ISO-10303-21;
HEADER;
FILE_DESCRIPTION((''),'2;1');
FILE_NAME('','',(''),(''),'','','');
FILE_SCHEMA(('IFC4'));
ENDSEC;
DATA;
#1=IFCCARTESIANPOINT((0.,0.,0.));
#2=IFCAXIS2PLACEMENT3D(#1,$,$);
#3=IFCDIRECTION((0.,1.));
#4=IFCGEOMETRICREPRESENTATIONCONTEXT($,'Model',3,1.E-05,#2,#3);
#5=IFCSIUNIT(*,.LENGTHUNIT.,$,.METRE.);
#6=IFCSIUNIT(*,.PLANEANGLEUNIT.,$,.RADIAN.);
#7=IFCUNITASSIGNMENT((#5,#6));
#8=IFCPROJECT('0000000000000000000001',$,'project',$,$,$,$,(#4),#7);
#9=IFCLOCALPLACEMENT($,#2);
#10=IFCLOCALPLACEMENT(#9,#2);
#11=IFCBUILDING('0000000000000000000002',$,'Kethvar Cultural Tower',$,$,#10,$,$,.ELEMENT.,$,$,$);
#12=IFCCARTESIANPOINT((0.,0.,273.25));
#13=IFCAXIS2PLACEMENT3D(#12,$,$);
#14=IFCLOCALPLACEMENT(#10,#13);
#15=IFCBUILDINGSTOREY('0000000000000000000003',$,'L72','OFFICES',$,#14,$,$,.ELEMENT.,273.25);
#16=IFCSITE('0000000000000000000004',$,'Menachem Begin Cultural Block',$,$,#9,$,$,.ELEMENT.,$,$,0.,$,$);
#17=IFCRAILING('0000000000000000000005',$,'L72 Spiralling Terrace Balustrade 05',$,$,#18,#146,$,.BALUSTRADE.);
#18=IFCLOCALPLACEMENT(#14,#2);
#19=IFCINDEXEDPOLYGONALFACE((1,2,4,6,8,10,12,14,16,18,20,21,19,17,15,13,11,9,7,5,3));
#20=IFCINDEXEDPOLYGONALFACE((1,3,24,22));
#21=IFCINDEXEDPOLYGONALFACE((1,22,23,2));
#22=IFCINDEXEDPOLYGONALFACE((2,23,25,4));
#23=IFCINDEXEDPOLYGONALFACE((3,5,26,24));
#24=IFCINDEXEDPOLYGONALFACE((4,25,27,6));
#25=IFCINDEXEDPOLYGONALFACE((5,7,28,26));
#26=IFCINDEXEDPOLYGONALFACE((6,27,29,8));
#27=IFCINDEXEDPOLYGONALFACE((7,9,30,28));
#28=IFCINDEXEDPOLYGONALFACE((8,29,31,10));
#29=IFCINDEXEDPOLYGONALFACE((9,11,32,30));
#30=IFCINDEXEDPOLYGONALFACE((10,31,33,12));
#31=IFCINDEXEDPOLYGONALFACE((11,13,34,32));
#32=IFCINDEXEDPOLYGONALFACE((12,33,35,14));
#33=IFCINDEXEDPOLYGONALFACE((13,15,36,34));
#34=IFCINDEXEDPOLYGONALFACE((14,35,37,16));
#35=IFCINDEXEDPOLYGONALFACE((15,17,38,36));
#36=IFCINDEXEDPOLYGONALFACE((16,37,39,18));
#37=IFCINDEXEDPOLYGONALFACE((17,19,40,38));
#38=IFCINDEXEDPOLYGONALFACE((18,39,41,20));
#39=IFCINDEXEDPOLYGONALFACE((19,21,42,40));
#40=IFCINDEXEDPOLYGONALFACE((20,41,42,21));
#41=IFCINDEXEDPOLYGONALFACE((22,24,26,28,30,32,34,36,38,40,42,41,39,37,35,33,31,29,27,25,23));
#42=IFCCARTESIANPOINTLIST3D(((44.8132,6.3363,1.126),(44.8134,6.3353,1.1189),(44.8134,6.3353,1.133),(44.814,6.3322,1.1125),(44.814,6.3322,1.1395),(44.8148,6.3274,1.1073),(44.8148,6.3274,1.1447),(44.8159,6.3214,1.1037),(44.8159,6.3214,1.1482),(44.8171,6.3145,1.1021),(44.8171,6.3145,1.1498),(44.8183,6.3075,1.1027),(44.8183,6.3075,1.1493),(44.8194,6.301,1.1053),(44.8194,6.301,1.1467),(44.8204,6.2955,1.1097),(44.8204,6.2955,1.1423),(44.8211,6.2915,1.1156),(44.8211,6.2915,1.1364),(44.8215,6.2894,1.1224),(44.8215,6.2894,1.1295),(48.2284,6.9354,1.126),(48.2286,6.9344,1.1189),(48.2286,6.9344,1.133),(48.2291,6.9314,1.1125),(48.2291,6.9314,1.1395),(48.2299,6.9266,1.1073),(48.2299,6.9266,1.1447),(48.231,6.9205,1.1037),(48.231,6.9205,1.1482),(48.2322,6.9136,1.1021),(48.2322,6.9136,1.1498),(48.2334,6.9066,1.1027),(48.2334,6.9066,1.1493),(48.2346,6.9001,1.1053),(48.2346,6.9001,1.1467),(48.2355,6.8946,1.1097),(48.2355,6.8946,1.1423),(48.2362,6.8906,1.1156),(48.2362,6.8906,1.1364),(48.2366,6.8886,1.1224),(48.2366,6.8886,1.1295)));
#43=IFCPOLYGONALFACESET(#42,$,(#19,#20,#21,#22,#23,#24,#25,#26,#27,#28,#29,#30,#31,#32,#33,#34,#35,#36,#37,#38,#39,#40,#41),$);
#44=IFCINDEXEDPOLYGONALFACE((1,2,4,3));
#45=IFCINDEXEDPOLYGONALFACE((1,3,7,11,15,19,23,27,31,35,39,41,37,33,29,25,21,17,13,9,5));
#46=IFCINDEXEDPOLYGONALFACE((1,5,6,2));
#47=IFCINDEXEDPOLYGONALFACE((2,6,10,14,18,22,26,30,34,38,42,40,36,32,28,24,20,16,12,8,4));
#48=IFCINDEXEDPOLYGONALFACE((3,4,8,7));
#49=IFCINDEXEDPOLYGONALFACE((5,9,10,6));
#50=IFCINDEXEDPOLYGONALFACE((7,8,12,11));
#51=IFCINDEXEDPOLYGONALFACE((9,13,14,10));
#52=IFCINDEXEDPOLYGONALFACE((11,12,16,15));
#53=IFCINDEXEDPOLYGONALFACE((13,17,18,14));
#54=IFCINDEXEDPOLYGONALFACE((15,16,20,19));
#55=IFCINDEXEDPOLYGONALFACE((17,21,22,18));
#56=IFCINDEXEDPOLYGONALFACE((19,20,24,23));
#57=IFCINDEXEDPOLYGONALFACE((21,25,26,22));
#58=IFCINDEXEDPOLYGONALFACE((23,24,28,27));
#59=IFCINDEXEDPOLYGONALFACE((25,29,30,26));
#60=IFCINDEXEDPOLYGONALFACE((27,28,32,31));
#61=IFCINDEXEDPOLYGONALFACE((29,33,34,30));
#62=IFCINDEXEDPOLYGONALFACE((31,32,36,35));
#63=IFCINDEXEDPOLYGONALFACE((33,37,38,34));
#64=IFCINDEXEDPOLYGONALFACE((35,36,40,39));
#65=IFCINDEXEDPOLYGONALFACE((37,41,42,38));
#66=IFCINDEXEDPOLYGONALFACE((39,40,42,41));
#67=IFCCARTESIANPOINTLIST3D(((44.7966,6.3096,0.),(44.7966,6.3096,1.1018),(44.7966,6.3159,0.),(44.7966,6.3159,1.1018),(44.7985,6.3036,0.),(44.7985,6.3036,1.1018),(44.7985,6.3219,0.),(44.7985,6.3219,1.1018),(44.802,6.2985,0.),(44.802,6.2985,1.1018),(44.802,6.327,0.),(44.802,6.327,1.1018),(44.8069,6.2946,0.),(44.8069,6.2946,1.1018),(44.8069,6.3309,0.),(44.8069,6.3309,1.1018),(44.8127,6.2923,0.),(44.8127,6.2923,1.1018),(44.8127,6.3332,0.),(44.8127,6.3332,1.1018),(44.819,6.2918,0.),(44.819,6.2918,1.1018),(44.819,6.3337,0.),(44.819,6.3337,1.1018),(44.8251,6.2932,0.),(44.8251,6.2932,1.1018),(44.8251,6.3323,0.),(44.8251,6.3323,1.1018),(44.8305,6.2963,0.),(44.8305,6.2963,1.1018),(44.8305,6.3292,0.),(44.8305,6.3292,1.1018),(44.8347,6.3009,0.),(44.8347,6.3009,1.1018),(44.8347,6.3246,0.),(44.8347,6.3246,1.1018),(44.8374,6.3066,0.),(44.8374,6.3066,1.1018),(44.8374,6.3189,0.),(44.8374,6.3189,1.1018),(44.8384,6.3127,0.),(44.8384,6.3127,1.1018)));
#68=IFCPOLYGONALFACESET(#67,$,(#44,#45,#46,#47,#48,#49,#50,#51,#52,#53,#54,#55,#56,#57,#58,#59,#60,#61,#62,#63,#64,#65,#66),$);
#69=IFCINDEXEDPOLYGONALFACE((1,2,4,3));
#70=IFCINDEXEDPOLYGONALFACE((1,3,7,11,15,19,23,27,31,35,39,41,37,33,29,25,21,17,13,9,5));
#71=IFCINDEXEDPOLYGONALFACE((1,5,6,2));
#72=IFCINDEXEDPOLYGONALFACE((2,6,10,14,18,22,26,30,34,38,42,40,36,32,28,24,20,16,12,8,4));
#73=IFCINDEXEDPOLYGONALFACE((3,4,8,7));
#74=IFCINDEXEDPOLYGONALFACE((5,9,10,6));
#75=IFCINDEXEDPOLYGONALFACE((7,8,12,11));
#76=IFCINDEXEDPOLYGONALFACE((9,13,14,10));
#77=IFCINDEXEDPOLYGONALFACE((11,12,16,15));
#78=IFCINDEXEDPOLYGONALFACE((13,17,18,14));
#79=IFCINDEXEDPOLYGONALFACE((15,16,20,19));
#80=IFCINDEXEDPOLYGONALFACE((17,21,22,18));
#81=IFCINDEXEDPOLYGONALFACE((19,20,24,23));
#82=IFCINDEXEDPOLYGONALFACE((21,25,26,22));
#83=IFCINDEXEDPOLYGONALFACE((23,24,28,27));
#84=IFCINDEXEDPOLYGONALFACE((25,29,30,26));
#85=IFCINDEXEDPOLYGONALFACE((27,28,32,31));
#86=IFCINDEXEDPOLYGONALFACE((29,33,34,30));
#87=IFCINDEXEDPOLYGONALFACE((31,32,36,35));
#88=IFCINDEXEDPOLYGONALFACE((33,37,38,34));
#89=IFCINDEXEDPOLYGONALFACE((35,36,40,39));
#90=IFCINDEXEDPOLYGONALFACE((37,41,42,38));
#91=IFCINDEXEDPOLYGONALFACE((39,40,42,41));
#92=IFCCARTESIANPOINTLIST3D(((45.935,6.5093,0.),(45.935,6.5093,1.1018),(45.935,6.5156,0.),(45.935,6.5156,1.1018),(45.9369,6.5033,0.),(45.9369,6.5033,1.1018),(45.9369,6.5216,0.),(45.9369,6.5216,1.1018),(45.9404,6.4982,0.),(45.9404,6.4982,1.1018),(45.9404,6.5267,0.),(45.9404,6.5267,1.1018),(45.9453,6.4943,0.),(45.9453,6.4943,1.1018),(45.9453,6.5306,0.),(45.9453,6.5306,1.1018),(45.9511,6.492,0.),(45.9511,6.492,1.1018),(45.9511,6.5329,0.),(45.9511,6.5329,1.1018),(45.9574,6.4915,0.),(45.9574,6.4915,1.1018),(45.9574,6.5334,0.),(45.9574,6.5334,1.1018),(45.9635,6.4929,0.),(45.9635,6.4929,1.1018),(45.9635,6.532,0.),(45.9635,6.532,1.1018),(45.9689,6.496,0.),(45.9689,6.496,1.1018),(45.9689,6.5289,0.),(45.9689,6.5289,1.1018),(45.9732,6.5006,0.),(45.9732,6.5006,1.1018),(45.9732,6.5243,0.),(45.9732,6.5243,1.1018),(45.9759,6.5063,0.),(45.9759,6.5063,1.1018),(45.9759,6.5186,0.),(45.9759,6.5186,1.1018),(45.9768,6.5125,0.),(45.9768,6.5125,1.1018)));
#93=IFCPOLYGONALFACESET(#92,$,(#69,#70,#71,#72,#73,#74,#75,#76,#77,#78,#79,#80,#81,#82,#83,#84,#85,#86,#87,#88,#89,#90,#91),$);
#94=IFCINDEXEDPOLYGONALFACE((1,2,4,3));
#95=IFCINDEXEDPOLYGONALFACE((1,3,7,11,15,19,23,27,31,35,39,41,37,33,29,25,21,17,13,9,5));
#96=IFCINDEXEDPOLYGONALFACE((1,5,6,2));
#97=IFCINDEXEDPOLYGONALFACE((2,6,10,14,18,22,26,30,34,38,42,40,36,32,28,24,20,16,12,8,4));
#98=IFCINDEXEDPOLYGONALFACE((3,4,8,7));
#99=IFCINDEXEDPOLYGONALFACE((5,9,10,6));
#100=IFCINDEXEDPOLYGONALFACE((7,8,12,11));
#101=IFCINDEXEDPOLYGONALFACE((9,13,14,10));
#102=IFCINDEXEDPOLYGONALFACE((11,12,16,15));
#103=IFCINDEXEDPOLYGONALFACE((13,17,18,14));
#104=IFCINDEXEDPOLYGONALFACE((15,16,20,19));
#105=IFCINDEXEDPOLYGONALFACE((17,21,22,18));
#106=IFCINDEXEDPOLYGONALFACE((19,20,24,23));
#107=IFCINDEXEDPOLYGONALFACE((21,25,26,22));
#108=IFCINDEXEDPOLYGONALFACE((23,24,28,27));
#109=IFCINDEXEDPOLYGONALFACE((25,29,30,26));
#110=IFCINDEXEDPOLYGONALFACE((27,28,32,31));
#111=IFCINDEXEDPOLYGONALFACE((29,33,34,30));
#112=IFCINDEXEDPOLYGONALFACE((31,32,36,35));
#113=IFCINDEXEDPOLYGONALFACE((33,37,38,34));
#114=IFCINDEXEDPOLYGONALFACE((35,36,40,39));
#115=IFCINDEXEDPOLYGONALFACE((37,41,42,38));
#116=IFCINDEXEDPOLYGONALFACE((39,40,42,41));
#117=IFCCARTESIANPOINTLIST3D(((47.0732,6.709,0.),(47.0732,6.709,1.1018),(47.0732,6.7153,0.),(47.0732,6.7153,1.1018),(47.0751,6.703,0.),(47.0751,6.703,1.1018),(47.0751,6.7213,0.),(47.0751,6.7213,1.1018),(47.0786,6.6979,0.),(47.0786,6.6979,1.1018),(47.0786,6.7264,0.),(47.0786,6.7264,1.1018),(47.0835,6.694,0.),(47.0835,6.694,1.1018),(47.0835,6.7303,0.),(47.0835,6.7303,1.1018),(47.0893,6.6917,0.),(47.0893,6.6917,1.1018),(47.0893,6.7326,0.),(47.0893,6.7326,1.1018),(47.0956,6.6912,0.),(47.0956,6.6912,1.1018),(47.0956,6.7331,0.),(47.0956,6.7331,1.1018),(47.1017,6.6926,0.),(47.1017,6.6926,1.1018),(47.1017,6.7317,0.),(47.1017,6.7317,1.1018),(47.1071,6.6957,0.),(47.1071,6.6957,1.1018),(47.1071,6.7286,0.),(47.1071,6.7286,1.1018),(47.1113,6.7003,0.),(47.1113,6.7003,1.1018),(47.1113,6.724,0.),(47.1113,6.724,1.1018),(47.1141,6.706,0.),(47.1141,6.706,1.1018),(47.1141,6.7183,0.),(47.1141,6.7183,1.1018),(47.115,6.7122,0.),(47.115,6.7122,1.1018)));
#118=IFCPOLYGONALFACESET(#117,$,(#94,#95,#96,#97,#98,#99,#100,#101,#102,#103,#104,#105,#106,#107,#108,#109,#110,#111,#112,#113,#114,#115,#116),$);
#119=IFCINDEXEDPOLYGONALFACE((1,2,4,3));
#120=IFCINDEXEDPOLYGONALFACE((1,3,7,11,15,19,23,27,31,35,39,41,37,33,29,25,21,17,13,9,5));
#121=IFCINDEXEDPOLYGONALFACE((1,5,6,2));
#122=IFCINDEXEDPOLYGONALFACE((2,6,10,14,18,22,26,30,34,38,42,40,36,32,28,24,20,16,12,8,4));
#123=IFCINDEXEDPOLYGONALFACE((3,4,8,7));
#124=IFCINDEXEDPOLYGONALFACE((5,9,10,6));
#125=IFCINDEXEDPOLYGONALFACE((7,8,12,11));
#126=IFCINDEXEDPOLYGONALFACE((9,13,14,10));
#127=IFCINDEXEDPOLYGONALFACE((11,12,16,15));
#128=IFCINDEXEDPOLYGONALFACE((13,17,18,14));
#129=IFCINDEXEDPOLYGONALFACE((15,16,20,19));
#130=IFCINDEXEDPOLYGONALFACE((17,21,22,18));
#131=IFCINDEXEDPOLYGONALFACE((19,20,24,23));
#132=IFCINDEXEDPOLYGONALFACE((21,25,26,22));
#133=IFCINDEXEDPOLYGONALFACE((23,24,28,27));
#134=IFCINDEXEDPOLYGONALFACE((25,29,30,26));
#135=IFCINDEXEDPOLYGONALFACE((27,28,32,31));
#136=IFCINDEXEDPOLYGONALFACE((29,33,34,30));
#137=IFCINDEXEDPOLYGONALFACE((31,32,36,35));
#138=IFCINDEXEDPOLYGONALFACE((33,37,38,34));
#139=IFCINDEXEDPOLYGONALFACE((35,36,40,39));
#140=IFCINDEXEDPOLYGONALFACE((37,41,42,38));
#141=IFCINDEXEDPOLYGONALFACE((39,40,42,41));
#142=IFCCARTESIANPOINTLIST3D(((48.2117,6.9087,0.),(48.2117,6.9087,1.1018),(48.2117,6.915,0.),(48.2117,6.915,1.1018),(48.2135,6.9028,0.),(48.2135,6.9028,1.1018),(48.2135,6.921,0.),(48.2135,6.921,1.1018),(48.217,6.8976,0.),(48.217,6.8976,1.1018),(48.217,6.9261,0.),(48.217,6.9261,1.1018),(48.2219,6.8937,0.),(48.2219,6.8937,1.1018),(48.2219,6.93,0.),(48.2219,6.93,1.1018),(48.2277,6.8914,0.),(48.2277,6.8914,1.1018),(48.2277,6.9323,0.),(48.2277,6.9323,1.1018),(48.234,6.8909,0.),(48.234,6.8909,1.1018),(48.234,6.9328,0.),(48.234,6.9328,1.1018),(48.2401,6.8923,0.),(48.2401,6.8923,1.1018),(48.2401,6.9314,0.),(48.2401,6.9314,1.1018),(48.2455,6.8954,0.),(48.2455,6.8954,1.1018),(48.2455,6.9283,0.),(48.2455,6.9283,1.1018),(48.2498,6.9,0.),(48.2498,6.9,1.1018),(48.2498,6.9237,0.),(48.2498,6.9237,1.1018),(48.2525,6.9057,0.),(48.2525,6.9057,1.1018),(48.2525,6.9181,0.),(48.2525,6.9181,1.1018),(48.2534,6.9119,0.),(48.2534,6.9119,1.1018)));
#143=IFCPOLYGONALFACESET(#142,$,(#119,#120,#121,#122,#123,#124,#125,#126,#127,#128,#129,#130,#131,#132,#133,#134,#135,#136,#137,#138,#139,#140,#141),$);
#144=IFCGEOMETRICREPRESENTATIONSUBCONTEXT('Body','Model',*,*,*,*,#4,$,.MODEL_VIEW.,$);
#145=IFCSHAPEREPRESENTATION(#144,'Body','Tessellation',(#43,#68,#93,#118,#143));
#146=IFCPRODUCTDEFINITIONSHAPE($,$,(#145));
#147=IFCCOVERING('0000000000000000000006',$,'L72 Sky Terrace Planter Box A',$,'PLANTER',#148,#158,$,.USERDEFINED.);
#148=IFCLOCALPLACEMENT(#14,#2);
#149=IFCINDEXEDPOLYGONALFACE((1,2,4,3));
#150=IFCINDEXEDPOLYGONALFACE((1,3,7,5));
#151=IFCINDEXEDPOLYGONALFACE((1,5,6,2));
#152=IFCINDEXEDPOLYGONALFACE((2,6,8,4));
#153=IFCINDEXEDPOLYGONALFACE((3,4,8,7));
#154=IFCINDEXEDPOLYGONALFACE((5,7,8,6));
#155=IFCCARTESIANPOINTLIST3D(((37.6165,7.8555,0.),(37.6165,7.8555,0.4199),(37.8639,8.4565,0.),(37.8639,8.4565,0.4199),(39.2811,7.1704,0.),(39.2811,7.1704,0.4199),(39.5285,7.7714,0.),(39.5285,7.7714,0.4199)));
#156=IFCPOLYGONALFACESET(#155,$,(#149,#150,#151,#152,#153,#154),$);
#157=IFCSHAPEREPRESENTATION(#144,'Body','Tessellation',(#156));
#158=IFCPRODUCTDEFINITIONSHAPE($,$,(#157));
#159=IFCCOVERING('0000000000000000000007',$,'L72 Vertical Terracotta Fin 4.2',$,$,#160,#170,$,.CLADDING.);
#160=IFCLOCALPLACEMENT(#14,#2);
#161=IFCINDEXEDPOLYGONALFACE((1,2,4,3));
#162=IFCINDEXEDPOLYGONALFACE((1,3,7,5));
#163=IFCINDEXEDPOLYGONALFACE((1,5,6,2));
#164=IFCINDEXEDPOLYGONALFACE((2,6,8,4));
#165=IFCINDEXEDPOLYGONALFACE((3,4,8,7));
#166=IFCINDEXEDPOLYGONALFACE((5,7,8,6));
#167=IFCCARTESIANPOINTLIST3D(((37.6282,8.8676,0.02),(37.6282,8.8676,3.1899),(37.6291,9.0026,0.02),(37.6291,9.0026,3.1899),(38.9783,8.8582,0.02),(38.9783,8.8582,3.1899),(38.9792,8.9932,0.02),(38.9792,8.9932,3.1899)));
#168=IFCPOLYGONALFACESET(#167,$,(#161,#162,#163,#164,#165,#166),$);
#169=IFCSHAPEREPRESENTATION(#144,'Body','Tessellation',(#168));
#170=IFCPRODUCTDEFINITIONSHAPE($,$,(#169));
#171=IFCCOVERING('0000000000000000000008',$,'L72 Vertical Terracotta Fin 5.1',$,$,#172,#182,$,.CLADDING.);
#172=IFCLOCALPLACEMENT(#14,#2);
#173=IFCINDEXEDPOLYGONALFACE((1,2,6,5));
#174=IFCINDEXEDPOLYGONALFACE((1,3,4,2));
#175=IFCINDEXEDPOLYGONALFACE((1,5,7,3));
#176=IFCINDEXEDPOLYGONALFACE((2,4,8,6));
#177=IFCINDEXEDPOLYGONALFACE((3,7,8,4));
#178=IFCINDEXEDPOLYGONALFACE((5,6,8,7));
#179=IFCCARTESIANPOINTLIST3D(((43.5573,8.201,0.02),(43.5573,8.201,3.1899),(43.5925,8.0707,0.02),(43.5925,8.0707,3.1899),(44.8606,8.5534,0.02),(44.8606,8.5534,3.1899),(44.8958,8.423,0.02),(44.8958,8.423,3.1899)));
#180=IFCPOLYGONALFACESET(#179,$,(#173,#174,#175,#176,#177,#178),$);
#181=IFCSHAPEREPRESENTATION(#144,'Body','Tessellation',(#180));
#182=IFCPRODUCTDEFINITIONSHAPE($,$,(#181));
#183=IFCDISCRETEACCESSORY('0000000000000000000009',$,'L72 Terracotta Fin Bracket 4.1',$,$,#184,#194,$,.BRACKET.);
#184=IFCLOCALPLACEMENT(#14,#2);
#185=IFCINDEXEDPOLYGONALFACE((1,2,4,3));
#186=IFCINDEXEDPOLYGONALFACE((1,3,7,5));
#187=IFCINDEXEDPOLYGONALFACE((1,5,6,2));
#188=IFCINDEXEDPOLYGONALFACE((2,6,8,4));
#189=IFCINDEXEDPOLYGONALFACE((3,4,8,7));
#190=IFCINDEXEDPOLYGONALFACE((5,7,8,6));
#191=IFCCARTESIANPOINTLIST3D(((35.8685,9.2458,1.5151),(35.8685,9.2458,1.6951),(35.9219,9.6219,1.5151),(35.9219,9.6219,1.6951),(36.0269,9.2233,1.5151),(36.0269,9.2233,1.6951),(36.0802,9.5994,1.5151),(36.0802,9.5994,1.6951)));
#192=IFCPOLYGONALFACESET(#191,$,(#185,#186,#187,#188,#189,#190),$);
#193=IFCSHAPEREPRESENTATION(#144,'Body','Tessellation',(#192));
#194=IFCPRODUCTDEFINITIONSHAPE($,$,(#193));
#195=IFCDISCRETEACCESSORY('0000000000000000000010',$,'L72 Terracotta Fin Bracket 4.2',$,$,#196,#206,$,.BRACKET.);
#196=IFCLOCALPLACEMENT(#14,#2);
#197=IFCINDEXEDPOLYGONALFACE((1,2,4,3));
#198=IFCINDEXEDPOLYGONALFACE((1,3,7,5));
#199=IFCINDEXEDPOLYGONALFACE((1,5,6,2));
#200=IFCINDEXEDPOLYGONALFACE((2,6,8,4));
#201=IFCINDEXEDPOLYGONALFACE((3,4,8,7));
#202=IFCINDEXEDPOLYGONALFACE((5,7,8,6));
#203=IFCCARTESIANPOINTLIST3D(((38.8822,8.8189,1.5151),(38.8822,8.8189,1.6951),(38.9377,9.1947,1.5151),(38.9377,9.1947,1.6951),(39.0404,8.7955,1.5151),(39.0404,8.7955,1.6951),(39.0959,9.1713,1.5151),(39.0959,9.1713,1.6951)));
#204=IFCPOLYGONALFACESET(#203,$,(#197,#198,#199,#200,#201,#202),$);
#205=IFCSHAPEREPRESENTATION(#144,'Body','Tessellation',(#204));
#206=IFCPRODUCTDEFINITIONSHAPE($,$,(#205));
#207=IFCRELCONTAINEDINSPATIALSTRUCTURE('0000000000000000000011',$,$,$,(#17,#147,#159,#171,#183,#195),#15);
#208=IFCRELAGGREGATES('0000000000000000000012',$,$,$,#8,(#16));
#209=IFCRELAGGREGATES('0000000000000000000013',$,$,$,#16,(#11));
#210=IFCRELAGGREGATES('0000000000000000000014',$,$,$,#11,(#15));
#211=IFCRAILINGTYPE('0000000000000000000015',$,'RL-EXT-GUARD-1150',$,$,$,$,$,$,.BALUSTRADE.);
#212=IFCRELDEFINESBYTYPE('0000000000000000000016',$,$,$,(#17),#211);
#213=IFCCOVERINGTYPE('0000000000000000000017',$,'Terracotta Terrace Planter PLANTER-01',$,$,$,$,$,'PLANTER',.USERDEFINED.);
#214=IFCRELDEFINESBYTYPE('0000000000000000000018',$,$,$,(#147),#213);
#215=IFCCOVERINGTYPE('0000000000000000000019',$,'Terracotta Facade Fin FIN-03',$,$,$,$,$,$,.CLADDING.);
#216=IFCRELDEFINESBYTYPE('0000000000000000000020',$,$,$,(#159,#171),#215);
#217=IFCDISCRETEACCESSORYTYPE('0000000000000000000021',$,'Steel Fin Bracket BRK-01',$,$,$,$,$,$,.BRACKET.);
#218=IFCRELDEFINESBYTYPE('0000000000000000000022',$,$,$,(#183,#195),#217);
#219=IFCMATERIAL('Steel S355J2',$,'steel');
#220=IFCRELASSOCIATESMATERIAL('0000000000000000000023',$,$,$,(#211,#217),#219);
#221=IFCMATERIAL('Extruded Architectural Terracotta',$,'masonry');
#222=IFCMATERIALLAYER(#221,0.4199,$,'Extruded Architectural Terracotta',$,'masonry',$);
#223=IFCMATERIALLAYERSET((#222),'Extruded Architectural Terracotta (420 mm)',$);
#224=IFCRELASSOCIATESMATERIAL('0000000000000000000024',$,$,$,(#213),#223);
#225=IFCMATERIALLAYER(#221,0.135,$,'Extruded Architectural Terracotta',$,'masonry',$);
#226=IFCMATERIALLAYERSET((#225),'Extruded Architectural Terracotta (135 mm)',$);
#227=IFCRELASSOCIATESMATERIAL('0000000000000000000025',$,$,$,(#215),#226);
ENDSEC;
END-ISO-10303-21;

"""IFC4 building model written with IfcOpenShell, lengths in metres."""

from ifc_helpers import new_model, si_unit, direction, frame, origin, origin_2d, place, context, subcontext, project, spatial, rectangle, circle, extrude, source, transform, mapped, material, layer, layer_set, type_object, element, save


model = new_model("IFC4")

# Units and contexts
model_context = context("Model", 3, precision=1e-05, world=origin(), true_north=direction((0.0, 1.0)))
body_context = subcontext(model_context, "Body", "Model", "MODEL_VIEW")
ifc_project = project(units=[si_unit("LENGTHUNIT", "METRE"), si_unit("PLANEANGLEUNIT", "RADIAN")], contexts=[model_context])

# Site, building, storey
site_placement = place(None, origin())
site = spatial("IfcSite", under=ifc_project, at=site_placement, Name="Menachem Begin Cultural Block", CompositionType="ELEMENT", RefElevation=0.0)
building_placement = place(site_placement, origin())
building = spatial("IfcBuilding", under=site, at=building_placement, Name="Kethvar Cultural Tower", CompositionType="ELEMENT")
storey_placement = place(building_placement, frame((0.0, 0.0, 273.25)))
storey = spatial("IfcBuildingStorey", under=building, at=storey_placement, Name="L72", Description="OFFICES", CompositionType="ELEMENT", Elevation=273.25)

# Shared definitions
ifc_material_1 = material(Name="Steel S355J2", Category="steel")

# Railing
railing_type = type_object("IfcRailingType", Name="RL-EXT-GUARD-1150", PredefinedType="BALUSTRADE", material=ifc_material_1)
railing_1_placement = place(storey_placement, frame((44.8174, 6.3127, 0.0)))
element("IfcRailing", 1, at=railing_1_placement, inside=storey, type_object=railing_type, Name="L72 Spiralling Terrace Balustrade 05", PredefinedType="BALUSTRADE", context=body_context, shape_type="SweptSolid", body=[
    extrude(circle(Radius=0.0239, at=origin_2d()), frame((0.0, 0.0, 1.126), z_axis=(0.984957, 0.172797, 0.0), x_axis=(-0.172797, 0.984957, 0.0)), (0.0, 0.0, 1.0), 3.4673),
    extrude(circle(Radius=0.021, at=origin_2d()), origin(), (0.0, 0.0, 1.0), 1.1018),
    extrude(circle(Radius=0.021, at=origin_2d()), frame((1.1384, 0.1997, 0.0)), (0.0, 0.0, 1.0), 1.1018),
    extrude(circle(Radius=0.021, at=origin_2d()), frame((2.2766, 0.3994, 0.0)), (0.0, 0.0, 1.0), 1.1018),
    extrude(circle(Radius=0.021, at=origin_2d()), frame((3.415, 0.5991, 0.0)), (0.0, 0.0, 1.0), 1.1018),
])

# Coverings
ifc_material_2 = material(Name="Extruded Architectural Terracotta", Category="masonry")
ifc_layer_1 = layer(ifc_material_2, 0.4199, Name="Extruded Architectural Terracotta", Category="masonry")
ifc_layer_set_1 = layer_set([ifc_layer_1], Name="Extruded Architectural Terracotta (420 mm)")
covering_type_1 = type_object("IfcCoveringType", Name="Terracotta Terrace Planter PLANTER-01", ElementType="PLANTER", PredefinedType="USERDEFINED", material=ifc_layer_set_1)
shared_shape_1 = source(origin(), body_context, "Body", "SweptSolid", [
    extrude(rectangle(XDim=1.8, YDim=0.6499, at=origin_2d()), origin(), (0.0, 0.0, 1.0), 0.4199),
])
covering_placement = place(storey_placement, frame((38.5725, 7.8135, 0.0), z_axis=(0.0, 0.0, 1.0), x_axis=(0.924745, -0.380586, 0.0)))
element("IfcCovering", 2, at=covering_placement, inside=storey, type_object=covering_type_1, Name="L72 Sky Terrace Planter Box A", ObjectType="PLANTER", PredefinedType="USERDEFINED", context=body_context, shape_type="MappedRepresentation", body=[
    mapped(shared_shape_1, transform((0.0, 0.0, 0.0), scale=1.0)),
])
ifc_layer_2 = layer(ifc_material_2, 0.135, Name="Extruded Architectural Terracotta", Category="masonry")
ifc_layer_set_2 = layer_set([ifc_layer_2], Name="Extruded Architectural Terracotta (135 mm)")
covering_type_2 = type_object("IfcCoveringType", Name="Terracotta Facade Fin FIN-03", PredefinedType="CLADDING", material=ifc_layer_set_2)
shared_shape_2 = source(origin(), body_context, "Body", "SweptSolid", [
    extrude(rectangle(XDim=1.3501, YDim=0.135, at=origin_2d()), origin(), (0.0, 0.0, 1.0), 3.1699),
])
for number, where, z_axis, x_axis, name in (
    (3, (38.3037, 8.9304, 0.02), (0.0, 0.0, 1.0), (-0.999976, 0.006981, 0.0), "L72 Vertical Terracotta Fin 4.2"),
    (4, (44.2266, 8.312, 0.02), (0.0, 0.0, 1.0), (-0.965336, -0.26101, 0.0), "L72 Vertical Terracotta Fin 5.1"),
):
    element("IfcCovering", number, at=place(storey_placement, frame(where, z_axis=z_axis, x_axis=x_axis)), inside=storey, type_object=covering_type_2, Name=name, PredefinedType="CLADDING", context=body_context, shape_type="MappedRepresentation", body=[
        mapped(shared_shape_2, transform((0.0, 0.0, 0.0), scale=1.0)),
    ])

# Discrete accessories
discrete_accessory_type = type_object("IfcDiscreteAccessoryType", Name="Steel Fin Bracket BRK-01", PredefinedType="BRACKET", material=ifc_material_1)
shared_shape_3 = source(origin(), body_context, "Body", "SweptSolid", [
    extrude(rectangle(XDim=0.3799, YDim=0.1599, at=origin_2d()), origin(), (0.0, 0.0, 1.0), 0.1799),
])
for number, where, z_axis, x_axis, name in (
    (5, (35.9744, 9.4226, 1.5151), (0.0, 0.0, 1.0), (-0.140383, -0.990097, 0.0), "L72 Terracotta Fin Bracket 4.1"),
    (6, (38.989, 8.9951, 1.5151), (0.0, 0.0, 1.0), (-0.146083, -0.989272, 0.0), "L72 Terracotta Fin Bracket 4.2"),
):
    element("IfcDiscreteAccessory", number, at=place(storey_placement, frame(where, z_axis=z_axis, x_axis=x_axis)), inside=storey, type_object=discrete_accessory_type, Name=name, PredefinedType="BRACKET", context=body_context, shape_type="MappedRepresentation", body=[
        mapped(shared_shape_3, transform((0.0, 0.0, 0.0), scale=1.0)),
    ])

save(model, "model.ifc")
